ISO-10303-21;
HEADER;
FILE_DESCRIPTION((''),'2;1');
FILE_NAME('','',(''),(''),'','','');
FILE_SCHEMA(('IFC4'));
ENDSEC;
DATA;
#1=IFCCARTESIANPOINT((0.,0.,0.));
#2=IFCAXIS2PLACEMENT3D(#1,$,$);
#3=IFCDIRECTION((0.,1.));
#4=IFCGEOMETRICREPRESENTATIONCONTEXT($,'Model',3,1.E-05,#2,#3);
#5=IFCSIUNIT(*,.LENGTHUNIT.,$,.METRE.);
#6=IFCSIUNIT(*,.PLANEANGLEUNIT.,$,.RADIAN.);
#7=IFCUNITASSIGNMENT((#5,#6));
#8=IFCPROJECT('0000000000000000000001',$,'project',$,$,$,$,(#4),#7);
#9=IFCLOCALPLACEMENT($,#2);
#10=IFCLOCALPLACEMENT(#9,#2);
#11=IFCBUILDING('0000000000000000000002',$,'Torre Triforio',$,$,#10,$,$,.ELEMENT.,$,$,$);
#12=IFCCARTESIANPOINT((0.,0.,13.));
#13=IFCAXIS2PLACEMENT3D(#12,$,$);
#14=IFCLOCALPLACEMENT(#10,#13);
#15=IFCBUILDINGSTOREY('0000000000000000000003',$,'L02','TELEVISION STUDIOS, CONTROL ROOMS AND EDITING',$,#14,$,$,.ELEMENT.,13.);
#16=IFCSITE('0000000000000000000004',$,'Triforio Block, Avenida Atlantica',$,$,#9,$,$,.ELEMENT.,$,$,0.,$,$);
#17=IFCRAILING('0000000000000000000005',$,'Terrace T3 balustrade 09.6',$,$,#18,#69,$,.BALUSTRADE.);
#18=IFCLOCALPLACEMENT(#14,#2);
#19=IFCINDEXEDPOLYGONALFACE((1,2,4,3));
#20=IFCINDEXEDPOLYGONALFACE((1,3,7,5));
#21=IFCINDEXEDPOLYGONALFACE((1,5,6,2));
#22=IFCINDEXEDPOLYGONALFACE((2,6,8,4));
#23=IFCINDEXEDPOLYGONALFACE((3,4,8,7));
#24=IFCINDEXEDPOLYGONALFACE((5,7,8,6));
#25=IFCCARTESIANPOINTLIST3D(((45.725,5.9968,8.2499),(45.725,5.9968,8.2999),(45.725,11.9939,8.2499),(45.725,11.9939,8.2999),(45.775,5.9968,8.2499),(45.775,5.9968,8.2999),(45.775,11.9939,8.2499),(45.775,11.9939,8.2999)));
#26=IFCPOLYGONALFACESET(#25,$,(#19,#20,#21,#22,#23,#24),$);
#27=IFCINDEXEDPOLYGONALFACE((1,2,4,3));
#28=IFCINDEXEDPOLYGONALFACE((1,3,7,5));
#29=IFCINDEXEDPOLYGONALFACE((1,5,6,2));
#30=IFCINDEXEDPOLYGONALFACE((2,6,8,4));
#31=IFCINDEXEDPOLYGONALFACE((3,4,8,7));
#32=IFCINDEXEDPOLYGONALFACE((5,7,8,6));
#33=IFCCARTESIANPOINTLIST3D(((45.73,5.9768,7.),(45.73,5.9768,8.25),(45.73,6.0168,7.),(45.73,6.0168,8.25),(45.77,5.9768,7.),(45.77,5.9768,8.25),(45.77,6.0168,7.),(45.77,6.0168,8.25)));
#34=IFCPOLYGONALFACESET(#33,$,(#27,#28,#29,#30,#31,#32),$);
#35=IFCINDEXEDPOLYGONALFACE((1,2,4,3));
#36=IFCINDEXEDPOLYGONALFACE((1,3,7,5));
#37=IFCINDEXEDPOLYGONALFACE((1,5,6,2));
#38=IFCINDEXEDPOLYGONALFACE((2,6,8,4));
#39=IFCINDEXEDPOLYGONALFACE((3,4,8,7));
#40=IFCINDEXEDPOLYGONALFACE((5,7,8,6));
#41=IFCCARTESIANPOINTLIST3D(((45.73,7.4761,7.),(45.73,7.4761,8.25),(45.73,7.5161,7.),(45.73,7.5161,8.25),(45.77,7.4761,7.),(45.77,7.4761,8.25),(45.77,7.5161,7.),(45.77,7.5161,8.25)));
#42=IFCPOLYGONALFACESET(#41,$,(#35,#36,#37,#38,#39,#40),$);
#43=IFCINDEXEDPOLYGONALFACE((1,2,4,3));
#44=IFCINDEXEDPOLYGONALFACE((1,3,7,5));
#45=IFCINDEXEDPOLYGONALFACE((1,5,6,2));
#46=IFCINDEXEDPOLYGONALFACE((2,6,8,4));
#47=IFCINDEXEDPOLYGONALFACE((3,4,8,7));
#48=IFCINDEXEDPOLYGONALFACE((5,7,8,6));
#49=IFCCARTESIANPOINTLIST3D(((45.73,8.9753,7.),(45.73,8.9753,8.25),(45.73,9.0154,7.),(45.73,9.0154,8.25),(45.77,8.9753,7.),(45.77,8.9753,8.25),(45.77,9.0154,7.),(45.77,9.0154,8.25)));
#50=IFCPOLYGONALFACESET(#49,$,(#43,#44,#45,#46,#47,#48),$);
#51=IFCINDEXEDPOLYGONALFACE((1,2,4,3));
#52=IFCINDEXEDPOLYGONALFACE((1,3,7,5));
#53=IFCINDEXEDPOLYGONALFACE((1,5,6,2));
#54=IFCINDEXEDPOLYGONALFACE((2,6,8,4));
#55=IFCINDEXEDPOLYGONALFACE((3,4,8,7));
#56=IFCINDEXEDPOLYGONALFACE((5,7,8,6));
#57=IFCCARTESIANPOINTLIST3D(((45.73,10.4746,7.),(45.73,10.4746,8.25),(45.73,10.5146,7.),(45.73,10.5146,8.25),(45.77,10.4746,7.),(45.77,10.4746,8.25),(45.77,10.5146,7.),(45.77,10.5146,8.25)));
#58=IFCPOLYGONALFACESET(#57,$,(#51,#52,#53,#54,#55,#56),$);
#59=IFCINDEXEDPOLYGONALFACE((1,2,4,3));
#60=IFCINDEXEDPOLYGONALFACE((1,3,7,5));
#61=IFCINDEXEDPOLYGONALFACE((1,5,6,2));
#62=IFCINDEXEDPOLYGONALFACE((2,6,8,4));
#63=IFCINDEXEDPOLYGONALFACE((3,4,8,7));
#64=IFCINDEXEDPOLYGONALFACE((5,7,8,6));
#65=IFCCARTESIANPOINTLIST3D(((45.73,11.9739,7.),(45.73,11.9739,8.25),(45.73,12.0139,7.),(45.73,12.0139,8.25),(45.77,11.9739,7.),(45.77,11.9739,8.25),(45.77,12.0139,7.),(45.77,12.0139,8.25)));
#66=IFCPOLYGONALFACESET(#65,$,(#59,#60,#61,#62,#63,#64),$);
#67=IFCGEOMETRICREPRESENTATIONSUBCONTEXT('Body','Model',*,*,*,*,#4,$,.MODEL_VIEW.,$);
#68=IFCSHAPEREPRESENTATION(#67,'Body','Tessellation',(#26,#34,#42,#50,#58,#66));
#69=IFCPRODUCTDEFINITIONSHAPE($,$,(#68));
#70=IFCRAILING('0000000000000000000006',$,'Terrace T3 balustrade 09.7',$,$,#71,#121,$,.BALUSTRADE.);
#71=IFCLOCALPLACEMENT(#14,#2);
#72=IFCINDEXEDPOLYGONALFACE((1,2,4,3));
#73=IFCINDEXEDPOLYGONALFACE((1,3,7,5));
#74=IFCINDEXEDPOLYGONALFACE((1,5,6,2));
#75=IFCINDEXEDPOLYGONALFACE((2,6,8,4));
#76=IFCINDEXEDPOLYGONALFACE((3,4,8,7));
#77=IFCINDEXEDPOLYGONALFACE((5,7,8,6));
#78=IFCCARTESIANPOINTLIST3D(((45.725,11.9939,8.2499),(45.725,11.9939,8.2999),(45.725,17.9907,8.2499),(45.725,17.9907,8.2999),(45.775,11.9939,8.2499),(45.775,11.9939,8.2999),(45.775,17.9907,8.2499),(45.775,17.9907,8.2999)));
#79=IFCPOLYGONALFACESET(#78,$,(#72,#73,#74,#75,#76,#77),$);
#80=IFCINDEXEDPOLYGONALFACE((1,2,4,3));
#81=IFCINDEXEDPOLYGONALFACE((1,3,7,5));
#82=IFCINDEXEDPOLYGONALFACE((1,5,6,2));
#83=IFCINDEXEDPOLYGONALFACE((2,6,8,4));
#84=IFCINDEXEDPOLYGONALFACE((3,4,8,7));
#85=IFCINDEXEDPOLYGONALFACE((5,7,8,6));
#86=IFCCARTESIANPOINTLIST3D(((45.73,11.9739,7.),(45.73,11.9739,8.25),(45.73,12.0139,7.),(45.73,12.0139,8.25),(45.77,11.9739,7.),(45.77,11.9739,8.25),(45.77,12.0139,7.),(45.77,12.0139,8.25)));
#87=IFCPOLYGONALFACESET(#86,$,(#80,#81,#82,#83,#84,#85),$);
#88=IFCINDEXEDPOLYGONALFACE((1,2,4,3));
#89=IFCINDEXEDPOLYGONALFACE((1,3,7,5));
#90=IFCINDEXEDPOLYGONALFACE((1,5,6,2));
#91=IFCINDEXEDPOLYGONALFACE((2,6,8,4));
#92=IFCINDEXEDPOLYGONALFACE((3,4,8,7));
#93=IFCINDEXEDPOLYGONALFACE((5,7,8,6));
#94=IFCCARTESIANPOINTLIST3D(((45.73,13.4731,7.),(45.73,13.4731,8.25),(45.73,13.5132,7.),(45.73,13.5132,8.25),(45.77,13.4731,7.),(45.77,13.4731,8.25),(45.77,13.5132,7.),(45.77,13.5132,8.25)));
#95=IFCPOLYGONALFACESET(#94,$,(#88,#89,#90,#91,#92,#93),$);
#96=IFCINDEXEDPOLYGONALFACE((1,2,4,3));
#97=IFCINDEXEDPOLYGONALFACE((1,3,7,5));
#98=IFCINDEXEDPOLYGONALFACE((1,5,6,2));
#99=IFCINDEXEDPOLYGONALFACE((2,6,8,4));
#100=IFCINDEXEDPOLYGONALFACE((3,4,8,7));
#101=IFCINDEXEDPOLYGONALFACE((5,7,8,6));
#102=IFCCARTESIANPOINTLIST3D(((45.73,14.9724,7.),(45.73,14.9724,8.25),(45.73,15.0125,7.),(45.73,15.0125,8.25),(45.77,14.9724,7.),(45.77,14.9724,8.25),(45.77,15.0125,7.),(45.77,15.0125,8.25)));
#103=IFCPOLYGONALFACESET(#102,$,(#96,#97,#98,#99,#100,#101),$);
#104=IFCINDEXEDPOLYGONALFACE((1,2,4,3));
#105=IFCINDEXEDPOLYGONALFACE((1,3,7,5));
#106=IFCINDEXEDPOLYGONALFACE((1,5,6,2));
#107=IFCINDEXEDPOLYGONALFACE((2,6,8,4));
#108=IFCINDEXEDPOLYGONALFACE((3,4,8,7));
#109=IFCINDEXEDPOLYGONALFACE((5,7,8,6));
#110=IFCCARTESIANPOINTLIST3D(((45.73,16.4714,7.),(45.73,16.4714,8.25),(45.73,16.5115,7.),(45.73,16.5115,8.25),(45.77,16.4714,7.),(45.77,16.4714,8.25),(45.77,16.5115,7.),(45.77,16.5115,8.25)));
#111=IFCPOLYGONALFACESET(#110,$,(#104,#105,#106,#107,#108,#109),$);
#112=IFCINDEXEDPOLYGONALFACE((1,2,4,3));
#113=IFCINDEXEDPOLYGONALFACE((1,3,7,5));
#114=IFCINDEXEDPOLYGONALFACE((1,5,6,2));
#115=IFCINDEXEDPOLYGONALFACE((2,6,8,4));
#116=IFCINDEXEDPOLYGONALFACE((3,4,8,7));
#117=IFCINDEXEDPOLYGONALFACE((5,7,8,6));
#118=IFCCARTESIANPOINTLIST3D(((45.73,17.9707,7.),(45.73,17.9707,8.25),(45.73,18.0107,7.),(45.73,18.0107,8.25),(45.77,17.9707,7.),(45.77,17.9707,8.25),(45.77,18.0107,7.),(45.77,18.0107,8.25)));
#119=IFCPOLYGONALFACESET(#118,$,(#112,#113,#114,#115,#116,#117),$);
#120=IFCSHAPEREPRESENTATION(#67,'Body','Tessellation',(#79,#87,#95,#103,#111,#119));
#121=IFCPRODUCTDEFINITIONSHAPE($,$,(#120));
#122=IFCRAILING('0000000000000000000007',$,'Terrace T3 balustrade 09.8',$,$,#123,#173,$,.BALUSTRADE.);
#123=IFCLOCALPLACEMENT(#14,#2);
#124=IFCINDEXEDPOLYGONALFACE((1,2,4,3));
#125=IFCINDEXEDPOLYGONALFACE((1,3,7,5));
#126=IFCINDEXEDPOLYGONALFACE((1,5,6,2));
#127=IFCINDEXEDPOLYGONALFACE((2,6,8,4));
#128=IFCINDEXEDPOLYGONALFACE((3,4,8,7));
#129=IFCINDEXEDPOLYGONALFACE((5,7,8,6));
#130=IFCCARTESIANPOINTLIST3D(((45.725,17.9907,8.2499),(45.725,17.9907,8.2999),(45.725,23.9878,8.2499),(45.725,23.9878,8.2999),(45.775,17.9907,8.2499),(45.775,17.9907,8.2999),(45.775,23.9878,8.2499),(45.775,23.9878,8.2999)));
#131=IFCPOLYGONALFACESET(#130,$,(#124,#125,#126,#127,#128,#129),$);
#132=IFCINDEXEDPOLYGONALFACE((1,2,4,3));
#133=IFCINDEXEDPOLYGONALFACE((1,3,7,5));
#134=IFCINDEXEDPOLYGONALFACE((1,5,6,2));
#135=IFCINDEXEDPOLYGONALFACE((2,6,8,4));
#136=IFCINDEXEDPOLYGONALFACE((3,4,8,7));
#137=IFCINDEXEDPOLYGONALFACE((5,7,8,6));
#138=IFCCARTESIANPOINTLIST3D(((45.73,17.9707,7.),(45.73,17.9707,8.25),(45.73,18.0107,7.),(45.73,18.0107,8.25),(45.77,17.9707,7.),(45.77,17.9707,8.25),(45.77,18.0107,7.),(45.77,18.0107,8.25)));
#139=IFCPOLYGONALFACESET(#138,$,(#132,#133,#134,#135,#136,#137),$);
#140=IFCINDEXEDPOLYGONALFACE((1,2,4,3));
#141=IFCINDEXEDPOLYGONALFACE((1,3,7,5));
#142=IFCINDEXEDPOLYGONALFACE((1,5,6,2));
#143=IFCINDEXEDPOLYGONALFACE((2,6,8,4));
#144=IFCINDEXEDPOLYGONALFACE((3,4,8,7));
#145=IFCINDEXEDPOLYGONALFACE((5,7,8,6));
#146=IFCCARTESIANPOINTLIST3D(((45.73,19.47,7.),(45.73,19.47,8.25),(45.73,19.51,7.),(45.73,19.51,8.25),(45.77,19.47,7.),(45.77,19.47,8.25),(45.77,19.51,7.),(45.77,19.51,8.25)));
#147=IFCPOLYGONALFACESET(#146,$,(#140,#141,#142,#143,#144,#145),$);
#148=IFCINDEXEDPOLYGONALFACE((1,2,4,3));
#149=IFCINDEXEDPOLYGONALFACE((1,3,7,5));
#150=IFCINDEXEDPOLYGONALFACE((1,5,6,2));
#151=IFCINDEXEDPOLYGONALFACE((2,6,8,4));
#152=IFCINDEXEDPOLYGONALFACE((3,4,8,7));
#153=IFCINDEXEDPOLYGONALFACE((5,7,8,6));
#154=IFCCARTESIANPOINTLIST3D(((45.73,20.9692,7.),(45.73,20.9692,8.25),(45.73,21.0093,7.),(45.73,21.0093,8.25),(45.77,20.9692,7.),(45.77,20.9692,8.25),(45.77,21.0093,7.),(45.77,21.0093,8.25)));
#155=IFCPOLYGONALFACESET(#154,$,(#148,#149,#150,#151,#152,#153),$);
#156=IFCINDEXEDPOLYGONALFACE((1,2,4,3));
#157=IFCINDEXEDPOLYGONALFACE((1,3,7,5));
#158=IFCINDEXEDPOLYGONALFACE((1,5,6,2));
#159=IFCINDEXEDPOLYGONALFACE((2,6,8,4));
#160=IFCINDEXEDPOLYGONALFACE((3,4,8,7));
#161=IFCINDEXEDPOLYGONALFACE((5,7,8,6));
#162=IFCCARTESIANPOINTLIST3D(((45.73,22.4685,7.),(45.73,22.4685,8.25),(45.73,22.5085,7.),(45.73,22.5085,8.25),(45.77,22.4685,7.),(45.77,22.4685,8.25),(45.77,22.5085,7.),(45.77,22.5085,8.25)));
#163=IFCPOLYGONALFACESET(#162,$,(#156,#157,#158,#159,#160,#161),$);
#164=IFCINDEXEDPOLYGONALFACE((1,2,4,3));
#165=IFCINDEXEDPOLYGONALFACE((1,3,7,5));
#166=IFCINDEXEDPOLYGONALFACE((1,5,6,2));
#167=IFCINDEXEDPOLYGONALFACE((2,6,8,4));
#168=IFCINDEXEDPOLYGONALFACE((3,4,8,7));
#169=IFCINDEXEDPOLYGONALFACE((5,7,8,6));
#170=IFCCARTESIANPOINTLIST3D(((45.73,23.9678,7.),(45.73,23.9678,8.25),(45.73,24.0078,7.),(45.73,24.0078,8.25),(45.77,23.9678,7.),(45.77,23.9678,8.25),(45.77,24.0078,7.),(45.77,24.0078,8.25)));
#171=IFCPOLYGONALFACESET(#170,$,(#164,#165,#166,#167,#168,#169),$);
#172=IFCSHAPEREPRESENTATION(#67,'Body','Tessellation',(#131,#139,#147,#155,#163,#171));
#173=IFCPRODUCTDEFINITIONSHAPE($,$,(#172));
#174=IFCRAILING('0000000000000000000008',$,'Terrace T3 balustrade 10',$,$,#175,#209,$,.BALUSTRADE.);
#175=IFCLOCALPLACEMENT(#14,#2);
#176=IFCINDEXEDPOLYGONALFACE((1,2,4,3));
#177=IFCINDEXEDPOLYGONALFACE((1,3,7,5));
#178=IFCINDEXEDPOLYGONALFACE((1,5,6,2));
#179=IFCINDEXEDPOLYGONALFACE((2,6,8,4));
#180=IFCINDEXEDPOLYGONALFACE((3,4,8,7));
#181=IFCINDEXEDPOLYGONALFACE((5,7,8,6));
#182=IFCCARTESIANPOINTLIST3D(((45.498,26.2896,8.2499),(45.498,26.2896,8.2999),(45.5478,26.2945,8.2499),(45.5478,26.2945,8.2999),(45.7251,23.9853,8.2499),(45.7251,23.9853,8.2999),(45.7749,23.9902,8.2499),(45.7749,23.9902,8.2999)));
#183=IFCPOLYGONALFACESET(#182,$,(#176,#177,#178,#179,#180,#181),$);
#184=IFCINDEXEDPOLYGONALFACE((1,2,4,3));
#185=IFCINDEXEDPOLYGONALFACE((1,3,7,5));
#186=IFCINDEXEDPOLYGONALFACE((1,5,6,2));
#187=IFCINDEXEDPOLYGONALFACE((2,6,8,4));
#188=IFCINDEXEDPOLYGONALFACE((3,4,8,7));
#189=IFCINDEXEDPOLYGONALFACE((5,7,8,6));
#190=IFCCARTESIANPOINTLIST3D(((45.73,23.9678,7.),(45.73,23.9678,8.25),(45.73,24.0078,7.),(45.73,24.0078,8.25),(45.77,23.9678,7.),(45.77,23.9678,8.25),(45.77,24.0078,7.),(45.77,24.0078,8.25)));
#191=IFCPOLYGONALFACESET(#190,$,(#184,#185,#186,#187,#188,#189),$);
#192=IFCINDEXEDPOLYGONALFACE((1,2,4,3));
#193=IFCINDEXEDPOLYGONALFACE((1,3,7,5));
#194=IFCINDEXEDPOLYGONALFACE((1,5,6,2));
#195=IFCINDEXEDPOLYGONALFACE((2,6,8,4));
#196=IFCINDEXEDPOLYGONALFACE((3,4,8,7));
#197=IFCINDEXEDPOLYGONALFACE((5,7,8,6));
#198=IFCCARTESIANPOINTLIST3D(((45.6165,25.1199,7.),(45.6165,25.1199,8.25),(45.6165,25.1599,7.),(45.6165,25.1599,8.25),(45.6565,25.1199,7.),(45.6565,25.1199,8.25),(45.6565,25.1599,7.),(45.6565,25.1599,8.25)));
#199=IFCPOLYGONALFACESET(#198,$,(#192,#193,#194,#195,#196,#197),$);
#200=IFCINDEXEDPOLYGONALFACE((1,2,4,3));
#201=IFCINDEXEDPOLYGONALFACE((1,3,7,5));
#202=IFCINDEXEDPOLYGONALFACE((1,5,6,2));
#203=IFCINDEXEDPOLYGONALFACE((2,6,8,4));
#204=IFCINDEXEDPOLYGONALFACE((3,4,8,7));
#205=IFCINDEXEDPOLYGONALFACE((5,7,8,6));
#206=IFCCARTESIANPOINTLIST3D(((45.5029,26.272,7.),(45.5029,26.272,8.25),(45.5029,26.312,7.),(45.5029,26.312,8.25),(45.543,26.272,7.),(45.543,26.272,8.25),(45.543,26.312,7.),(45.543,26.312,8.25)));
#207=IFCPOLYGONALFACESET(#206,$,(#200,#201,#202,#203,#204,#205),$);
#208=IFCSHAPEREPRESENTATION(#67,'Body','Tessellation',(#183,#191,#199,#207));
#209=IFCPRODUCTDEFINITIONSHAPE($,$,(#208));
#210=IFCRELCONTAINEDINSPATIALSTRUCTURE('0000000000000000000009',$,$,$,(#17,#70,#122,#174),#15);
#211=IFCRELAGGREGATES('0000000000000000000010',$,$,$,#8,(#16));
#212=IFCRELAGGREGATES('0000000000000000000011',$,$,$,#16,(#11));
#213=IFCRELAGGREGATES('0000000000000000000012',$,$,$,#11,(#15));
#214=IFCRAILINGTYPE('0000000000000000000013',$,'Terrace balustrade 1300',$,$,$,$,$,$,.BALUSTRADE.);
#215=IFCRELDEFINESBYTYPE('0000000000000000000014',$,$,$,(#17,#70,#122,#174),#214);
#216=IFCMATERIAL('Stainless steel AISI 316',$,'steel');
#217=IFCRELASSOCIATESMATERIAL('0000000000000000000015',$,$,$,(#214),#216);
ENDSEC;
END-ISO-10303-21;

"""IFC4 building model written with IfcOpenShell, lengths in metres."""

from ifc_helpers import new_model, si_unit, direction, frame, origin, origin_2d, place, context, subcontext, project, spatial, rectangle, extrude, material, type_object, element, save


model = new_model("IFC4")

# Units and contexts
model_context = context("Model", 3, precision=1e-05, world=origin(), true_north=direction((0.0, 1.0)))
body_context = subcontext(model_context, "Body", "Model", "MODEL_VIEW")
ifc_project = project(units=[si_unit("LENGTHUNIT", "METRE"), si_unit("PLANEANGLEUNIT", "RADIAN")], contexts=[model_context])

# Site, building, storey
site_placement = place(None, origin())
site = spatial("IfcSite", under=ifc_project, at=site_placement, Name="Triforio Block, Avenida Atlantica", CompositionType="ELEMENT", RefElevation=0.0)
building_placement = place(site_placement, origin())
building = spatial("IfcBuilding", under=site, at=building_placement, Name="Torre Triforio", CompositionType="ELEMENT")
storey_placement = place(building_placement, frame((0.0, 0.0, 13.0)))
storey = spatial("IfcBuildingStorey", under=building, at=storey_placement, Name="L02", Description="TELEVISION STUDIOS, CONTROL ROOMS AND EDITING", CompositionType="ELEMENT", Elevation=13.0)

# Railings
ifc_material_1 = material(Name="Stainless steel AISI 316", Category="steel")
railing_type = type_object("IfcRailingType", Name="Terrace balustrade 1300", PredefinedType="BALUSTRADE", material=ifc_material_1)
railing_1_placement = place(storey_placement, frame((45.75, 5.9968, 7.0)))
element("IfcRailing", 1, at=railing_1_placement, inside=storey, type_object=railing_type, Name="Terrace T3 balustrade 09.6", PredefinedType="BALUSTRADE", context=body_context, shape_type="SweptSolid", body=[
    extrude(rectangle(XDim=0.05, YDim=0.05, at=origin_2d()), frame((0.0, 0.0, 1.2749), z_axis=(0.0, 1.0, 0.0), x_axis=(-1.0, 0.0, 0.0)), (0.0, 0.0, 1.0), 5.9971),
    extrude(rectangle(XDim=0.04, YDim=0.04, at=origin_2d()), origin(), (0.0, 0.0, 1.0), 1.25),
    extrude(rectangle(XDim=0.04, YDim=0.04, at=origin_2d()), frame((0.0, 1.4993, 0.0)), (0.0, 0.0, 1.0), 1.25),
    extrude(rectangle(XDim=0.04, YDim=0.04, at=origin_2d()), frame((0.0, 2.9985, 0.0)), (0.0, 0.0, 1.0), 1.25),
    extrude(rectangle(XDim=0.04, YDim=0.04, at=origin_2d()), frame((0.0, 4.4978, 0.0)), (0.0, 0.0, 1.0), 1.25),
    extrude(rectangle(XDim=0.04, YDim=0.04, at=origin_2d()), frame((0.0, 5.9971, 0.0)), (0.0, 0.0, 1.0), 1.25),
])
railing_2_placement = place(storey_placement, frame((45.75, 11.9939, 7.0)))
element("IfcRailing", 2, at=railing_2_placement, inside=storey, type_object=railing_type, Name="Terrace T3 balustrade 09.7", PredefinedType="BALUSTRADE", context=body_context, shape_type="SweptSolid", body=[
    extrude(rectangle(XDim=0.05, YDim=0.05, at=origin_2d()), frame((0.0, 0.0, 1.2749), z_axis=(0.0, 1.0, 0.0), x_axis=(-1.0, 0.0, 0.0)), (0.0, 0.0, 1.0), 5.9968),
    extrude(rectangle(XDim=0.04, YDim=0.04, at=origin_2d()), origin(), (0.0, 0.0, 1.0), 1.25),
    extrude(rectangle(XDim=0.04, YDim=0.04, at=origin_2d()), frame((0.0, 1.4993, 0.0)), (0.0, 0.0, 1.0), 1.25),
    extrude(rectangle(XDim=0.04, YDim=0.04, at=origin_2d()), frame((0.0, 2.9985, 0.0)), (0.0, 0.0, 1.0), 1.25),
    extrude(rectangle(XDim=0.04, YDim=0.04, at=origin_2d()), frame((0.0, 4.4976, 0.0)), (0.0, 0.0, 1.0), 1.25),
    extrude(rectangle(XDim=0.04, YDim=0.04, at=origin_2d()), frame((0.0, 5.9968, 0.0)), (0.0, 0.0, 1.0), 1.25),
])
railing_3_placement = place(storey_placement, frame((45.75, 17.9907, 7.0)))
element("IfcRailing", 3, at=railing_3_placement, inside=storey, type_object=railing_type, Name="Terrace T3 balustrade 09.8", PredefinedType="BALUSTRADE", context=body_context, shape_type="SweptSolid", body=[
    extrude(rectangle(XDim=0.05, YDim=0.05, at=origin_2d()), frame((0.0, 0.0, 1.2749), z_axis=(0.0, 1.0, 0.0), x_axis=(-1.0, 0.0, 0.0)), (0.0, 0.0, 1.0), 5.9971),
    extrude(rectangle(XDim=0.04, YDim=0.04, at=origin_2d()), origin(), (0.0, 0.0, 1.0), 1.25),
    extrude(rectangle(XDim=0.04, YDim=0.04, at=origin_2d()), frame((0.0, 1.4993, 0.0)), (0.0, 0.0, 1.0), 1.25),
    extrude(rectangle(XDim=0.04, YDim=0.04, at=origin_2d()), frame((0.0, 2.9985, 0.0)), (0.0, 0.0, 1.0), 1.25),
    extrude(rectangle(XDim=0.04, YDim=0.04, at=origin_2d()), frame((0.0, 4.4978, 0.0)), (0.0, 0.0, 1.0), 1.25),
    extrude(rectangle(XDim=0.04, YDim=0.04, at=origin_2d()), frame((0.0, 5.9971, 0.0)), (0.0, 0.0, 1.0), 1.25),
])
railing_4_placement = place(storey_placement, frame((45.75, 23.9878, 7.0)))
element("IfcRailing", 4, at=railing_4_placement, inside=storey, type_object=railing_type, Name="Terrace T3 balustrade 10", PredefinedType="BALUSTRADE", context=body_context, shape_type="SweptSolid", body=[
    extrude(rectangle(XDim=0.05, YDim=0.05, at=origin_2d()), frame((0.0, 0.0, 1.2749), z_axis=(-0.098063, 0.99518, 0.0), x_axis=(-0.99518, -0.098063, 0.0)), (0.0, 0.0, 1.0), 2.3154),
    extrude(rectangle(XDim=0.04, YDim=0.04, at=origin_2d()), origin(), (0.0, 0.0, 1.0), 1.25),
    extrude(rectangle(XDim=0.04, YDim=0.04, at=origin_2d()), frame((-0.1135, 1.1521, 0.0)), (0.0, 0.0, 1.0), 1.25),
    extrude(rectangle(XDim=0.04, YDim=0.04, at=origin_2d()), frame((-0.2271, 2.3042, 0.0)), (0.0, 0.0, 1.0), 1.25),
])

save(model, "model.ifc")
